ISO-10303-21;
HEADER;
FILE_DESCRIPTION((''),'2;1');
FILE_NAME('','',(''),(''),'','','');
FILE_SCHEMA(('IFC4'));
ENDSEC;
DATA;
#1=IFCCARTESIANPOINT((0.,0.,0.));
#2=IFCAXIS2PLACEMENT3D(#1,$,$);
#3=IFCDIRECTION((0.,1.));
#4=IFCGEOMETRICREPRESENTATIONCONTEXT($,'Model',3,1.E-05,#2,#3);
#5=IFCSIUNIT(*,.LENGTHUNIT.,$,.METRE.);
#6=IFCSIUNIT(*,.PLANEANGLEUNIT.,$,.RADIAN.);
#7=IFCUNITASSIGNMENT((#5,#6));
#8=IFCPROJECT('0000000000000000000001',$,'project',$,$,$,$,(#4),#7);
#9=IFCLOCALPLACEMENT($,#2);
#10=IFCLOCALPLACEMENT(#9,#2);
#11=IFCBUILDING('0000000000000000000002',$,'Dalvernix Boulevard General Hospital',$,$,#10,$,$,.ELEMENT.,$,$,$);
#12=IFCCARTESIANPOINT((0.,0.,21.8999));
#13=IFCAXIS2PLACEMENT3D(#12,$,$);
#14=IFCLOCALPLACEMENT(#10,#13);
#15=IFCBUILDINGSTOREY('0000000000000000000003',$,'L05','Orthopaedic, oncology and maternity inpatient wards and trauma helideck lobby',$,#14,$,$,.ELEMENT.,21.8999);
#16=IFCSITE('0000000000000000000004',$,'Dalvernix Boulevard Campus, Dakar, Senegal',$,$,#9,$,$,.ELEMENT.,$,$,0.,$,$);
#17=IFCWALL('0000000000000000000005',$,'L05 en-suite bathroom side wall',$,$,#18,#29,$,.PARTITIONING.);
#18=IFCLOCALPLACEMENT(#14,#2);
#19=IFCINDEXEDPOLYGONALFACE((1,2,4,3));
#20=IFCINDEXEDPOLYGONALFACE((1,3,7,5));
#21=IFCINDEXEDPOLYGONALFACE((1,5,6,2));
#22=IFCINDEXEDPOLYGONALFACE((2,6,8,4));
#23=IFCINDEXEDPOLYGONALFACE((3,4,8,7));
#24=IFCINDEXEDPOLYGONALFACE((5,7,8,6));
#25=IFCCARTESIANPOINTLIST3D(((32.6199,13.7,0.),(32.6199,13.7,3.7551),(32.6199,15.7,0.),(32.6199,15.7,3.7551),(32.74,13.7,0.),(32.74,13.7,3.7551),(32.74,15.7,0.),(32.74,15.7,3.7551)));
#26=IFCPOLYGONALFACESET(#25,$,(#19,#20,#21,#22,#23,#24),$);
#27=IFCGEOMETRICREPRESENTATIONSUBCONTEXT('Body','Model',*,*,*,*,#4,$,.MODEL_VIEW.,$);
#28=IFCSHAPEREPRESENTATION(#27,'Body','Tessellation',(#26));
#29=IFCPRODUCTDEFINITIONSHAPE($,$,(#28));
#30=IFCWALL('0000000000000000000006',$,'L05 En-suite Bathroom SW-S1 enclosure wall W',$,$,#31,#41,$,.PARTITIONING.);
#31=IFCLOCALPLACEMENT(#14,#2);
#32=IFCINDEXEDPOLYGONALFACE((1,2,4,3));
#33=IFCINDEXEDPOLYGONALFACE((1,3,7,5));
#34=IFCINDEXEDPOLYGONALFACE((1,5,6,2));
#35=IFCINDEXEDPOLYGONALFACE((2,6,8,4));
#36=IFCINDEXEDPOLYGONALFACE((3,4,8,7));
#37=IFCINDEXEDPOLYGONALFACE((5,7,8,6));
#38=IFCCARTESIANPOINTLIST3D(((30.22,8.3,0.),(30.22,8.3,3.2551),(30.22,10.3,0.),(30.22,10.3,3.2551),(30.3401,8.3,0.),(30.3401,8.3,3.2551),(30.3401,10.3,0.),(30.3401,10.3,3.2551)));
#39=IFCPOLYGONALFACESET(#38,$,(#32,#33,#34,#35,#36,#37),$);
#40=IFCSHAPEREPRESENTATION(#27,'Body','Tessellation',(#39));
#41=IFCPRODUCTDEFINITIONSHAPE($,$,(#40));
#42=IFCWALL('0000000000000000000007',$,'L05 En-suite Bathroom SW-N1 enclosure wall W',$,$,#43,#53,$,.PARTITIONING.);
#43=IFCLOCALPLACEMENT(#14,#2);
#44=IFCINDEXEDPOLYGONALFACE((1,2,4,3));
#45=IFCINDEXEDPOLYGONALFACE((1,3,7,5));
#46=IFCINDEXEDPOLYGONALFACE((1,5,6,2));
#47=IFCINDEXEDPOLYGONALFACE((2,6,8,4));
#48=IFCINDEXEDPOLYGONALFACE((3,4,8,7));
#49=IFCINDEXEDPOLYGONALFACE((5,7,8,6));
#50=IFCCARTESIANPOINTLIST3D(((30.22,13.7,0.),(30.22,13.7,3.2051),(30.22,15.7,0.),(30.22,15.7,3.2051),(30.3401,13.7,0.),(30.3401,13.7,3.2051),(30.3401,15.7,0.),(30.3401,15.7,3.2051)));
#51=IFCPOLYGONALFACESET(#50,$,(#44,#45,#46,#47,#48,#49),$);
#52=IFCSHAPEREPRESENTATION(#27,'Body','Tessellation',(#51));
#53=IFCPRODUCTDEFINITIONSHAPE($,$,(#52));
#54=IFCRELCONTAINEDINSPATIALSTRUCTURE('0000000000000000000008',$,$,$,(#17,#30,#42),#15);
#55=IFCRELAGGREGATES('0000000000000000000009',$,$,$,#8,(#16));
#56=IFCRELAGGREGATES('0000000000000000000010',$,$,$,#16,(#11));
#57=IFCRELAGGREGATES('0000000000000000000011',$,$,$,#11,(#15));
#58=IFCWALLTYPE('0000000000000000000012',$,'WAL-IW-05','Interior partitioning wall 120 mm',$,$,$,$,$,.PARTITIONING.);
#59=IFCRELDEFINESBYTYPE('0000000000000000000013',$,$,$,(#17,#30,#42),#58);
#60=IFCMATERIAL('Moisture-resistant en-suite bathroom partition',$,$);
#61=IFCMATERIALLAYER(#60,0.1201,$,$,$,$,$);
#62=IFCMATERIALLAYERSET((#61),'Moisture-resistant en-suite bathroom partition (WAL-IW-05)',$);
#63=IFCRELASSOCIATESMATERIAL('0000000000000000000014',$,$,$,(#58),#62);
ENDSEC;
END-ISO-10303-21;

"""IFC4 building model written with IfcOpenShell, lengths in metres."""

from ifc_helpers import new_model, si_unit, direction, frame, frame_2d, origin, place, context, subcontext, project, spatial, rectangle, extrude, material, layer, layer_set, type_object, element, save


model = new_model("IFC4")

# Units and contexts
model_context = context("Model", 3, precision=1e-05, world=origin(), true_north=direction((0.0, 1.0)))
body_context = subcontext(model_context, "Body", "Model", "MODEL_VIEW")
ifc_project = project(units=[si_unit("LENGTHUNIT", "METRE"), si_unit("PLANEANGLEUNIT", "RADIAN")], contexts=[model_context])

# Site, building, storey
site_placement = place(None, origin())
site = spatial("IfcSite", under=ifc_project, at=site_placement, Name="Dalvernix Boulevard Campus, Dakar, Senegal", CompositionType="ELEMENT", RefElevation=0.0)
building_placement = place(site_placement, origin())
building = spatial("IfcBuilding", under=site, at=building_placement, Name="Dalvernix Boulevard General Hospital", CompositionType="ELEMENT")
storey_placement = place(building_placement, frame((0.0, 0.0, 21.8999)))
storey = spatial("IfcBuildingStorey", under=building, at=storey_placement, Name="L05", Description="Orthopaedic, oncology and maternity inpatient wards and trauma helideck lobby", CompositionType="ELEMENT", Elevation=21.8999)

# Shared definitions
ifc_material_1 = material(Name="Moisture-resistant en-suite bathroom partition")
ifc_layer_1 = layer(ifc_material_1, 0.1201)
ifc_layer_set_1 = layer_set([ifc_layer_1], Name="Moisture-resistant en-suite bathroom partition (WAL-IW-05)")
wall_type_1 = type_object("IfcWallType", Name="WAL-IW-05", Description="Interior partitioning wall 120 mm", PredefinedType="PARTITIONING", material=ifc_layer_set_1)

# Walls
for number, where, z_axis, x_axis, name in (
    (1, (32.6799, 13.7, 0.0), (0.0, 0.0, 1.0), (0.0, 1.0, 0.0), "L05 en-suite bathroom side wall"),
):
    element("IfcWall", number, at=place(storey_placement, frame(where, z_axis=z_axis, x_axis=x_axis)), inside=storey, type_object=wall_type_1, Name=name, PredefinedType="PARTITIONING", context=body_context, shape_type="SweptSolid", body=[
        extrude(rectangle(XDim=2.0, YDim=0.1201, at=frame_2d((1.0, 0.0))), origin(), (0.0, 0.0, 1.0), 3.7551),
    ])
wall_1_placement = place(storey_placement, frame((30.28, 8.3, 0.0), z_axis=(0.0, 0.0, 1.0), x_axis=(0.0, 1.0, 0.0)))
element("IfcWall", 2, at=wall_1_placement, inside=storey, type_object=wall_type_1, Name="L05 En-suite Bathroom SW-S1 enclosure wall W", PredefinedType="PARTITIONING", context=body_context, shape_type="SweptSolid", body=[
    extrude(rectangle(XDim=2.0, YDim=0.1201, at=frame_2d((1.0, 0.0))), origin(), (0.0, 0.0, 1.0), 3.2551),
])
wall_2_placement = place(storey_placement, frame((30.28, 13.7, 0.0), z_axis=(0.0, 0.0, 1.0), x_axis=(0.0, 1.0, 0.0)))
element("IfcWall", 3, at=wall_2_placement, inside=storey, type_object=wall_type_1, Name="L05 En-suite Bathroom SW-N1 enclosure wall W", PredefinedType="PARTITIONING", context=body_context, shape_type="SweptSolid", body=[
    extrude(rectangle(XDim=2.0, YDim=0.1201, at=frame_2d((1.0, 0.0))), origin(), (0.0, 0.0, 1.0), 3.2051),
])

save(model, "model.ifc")
